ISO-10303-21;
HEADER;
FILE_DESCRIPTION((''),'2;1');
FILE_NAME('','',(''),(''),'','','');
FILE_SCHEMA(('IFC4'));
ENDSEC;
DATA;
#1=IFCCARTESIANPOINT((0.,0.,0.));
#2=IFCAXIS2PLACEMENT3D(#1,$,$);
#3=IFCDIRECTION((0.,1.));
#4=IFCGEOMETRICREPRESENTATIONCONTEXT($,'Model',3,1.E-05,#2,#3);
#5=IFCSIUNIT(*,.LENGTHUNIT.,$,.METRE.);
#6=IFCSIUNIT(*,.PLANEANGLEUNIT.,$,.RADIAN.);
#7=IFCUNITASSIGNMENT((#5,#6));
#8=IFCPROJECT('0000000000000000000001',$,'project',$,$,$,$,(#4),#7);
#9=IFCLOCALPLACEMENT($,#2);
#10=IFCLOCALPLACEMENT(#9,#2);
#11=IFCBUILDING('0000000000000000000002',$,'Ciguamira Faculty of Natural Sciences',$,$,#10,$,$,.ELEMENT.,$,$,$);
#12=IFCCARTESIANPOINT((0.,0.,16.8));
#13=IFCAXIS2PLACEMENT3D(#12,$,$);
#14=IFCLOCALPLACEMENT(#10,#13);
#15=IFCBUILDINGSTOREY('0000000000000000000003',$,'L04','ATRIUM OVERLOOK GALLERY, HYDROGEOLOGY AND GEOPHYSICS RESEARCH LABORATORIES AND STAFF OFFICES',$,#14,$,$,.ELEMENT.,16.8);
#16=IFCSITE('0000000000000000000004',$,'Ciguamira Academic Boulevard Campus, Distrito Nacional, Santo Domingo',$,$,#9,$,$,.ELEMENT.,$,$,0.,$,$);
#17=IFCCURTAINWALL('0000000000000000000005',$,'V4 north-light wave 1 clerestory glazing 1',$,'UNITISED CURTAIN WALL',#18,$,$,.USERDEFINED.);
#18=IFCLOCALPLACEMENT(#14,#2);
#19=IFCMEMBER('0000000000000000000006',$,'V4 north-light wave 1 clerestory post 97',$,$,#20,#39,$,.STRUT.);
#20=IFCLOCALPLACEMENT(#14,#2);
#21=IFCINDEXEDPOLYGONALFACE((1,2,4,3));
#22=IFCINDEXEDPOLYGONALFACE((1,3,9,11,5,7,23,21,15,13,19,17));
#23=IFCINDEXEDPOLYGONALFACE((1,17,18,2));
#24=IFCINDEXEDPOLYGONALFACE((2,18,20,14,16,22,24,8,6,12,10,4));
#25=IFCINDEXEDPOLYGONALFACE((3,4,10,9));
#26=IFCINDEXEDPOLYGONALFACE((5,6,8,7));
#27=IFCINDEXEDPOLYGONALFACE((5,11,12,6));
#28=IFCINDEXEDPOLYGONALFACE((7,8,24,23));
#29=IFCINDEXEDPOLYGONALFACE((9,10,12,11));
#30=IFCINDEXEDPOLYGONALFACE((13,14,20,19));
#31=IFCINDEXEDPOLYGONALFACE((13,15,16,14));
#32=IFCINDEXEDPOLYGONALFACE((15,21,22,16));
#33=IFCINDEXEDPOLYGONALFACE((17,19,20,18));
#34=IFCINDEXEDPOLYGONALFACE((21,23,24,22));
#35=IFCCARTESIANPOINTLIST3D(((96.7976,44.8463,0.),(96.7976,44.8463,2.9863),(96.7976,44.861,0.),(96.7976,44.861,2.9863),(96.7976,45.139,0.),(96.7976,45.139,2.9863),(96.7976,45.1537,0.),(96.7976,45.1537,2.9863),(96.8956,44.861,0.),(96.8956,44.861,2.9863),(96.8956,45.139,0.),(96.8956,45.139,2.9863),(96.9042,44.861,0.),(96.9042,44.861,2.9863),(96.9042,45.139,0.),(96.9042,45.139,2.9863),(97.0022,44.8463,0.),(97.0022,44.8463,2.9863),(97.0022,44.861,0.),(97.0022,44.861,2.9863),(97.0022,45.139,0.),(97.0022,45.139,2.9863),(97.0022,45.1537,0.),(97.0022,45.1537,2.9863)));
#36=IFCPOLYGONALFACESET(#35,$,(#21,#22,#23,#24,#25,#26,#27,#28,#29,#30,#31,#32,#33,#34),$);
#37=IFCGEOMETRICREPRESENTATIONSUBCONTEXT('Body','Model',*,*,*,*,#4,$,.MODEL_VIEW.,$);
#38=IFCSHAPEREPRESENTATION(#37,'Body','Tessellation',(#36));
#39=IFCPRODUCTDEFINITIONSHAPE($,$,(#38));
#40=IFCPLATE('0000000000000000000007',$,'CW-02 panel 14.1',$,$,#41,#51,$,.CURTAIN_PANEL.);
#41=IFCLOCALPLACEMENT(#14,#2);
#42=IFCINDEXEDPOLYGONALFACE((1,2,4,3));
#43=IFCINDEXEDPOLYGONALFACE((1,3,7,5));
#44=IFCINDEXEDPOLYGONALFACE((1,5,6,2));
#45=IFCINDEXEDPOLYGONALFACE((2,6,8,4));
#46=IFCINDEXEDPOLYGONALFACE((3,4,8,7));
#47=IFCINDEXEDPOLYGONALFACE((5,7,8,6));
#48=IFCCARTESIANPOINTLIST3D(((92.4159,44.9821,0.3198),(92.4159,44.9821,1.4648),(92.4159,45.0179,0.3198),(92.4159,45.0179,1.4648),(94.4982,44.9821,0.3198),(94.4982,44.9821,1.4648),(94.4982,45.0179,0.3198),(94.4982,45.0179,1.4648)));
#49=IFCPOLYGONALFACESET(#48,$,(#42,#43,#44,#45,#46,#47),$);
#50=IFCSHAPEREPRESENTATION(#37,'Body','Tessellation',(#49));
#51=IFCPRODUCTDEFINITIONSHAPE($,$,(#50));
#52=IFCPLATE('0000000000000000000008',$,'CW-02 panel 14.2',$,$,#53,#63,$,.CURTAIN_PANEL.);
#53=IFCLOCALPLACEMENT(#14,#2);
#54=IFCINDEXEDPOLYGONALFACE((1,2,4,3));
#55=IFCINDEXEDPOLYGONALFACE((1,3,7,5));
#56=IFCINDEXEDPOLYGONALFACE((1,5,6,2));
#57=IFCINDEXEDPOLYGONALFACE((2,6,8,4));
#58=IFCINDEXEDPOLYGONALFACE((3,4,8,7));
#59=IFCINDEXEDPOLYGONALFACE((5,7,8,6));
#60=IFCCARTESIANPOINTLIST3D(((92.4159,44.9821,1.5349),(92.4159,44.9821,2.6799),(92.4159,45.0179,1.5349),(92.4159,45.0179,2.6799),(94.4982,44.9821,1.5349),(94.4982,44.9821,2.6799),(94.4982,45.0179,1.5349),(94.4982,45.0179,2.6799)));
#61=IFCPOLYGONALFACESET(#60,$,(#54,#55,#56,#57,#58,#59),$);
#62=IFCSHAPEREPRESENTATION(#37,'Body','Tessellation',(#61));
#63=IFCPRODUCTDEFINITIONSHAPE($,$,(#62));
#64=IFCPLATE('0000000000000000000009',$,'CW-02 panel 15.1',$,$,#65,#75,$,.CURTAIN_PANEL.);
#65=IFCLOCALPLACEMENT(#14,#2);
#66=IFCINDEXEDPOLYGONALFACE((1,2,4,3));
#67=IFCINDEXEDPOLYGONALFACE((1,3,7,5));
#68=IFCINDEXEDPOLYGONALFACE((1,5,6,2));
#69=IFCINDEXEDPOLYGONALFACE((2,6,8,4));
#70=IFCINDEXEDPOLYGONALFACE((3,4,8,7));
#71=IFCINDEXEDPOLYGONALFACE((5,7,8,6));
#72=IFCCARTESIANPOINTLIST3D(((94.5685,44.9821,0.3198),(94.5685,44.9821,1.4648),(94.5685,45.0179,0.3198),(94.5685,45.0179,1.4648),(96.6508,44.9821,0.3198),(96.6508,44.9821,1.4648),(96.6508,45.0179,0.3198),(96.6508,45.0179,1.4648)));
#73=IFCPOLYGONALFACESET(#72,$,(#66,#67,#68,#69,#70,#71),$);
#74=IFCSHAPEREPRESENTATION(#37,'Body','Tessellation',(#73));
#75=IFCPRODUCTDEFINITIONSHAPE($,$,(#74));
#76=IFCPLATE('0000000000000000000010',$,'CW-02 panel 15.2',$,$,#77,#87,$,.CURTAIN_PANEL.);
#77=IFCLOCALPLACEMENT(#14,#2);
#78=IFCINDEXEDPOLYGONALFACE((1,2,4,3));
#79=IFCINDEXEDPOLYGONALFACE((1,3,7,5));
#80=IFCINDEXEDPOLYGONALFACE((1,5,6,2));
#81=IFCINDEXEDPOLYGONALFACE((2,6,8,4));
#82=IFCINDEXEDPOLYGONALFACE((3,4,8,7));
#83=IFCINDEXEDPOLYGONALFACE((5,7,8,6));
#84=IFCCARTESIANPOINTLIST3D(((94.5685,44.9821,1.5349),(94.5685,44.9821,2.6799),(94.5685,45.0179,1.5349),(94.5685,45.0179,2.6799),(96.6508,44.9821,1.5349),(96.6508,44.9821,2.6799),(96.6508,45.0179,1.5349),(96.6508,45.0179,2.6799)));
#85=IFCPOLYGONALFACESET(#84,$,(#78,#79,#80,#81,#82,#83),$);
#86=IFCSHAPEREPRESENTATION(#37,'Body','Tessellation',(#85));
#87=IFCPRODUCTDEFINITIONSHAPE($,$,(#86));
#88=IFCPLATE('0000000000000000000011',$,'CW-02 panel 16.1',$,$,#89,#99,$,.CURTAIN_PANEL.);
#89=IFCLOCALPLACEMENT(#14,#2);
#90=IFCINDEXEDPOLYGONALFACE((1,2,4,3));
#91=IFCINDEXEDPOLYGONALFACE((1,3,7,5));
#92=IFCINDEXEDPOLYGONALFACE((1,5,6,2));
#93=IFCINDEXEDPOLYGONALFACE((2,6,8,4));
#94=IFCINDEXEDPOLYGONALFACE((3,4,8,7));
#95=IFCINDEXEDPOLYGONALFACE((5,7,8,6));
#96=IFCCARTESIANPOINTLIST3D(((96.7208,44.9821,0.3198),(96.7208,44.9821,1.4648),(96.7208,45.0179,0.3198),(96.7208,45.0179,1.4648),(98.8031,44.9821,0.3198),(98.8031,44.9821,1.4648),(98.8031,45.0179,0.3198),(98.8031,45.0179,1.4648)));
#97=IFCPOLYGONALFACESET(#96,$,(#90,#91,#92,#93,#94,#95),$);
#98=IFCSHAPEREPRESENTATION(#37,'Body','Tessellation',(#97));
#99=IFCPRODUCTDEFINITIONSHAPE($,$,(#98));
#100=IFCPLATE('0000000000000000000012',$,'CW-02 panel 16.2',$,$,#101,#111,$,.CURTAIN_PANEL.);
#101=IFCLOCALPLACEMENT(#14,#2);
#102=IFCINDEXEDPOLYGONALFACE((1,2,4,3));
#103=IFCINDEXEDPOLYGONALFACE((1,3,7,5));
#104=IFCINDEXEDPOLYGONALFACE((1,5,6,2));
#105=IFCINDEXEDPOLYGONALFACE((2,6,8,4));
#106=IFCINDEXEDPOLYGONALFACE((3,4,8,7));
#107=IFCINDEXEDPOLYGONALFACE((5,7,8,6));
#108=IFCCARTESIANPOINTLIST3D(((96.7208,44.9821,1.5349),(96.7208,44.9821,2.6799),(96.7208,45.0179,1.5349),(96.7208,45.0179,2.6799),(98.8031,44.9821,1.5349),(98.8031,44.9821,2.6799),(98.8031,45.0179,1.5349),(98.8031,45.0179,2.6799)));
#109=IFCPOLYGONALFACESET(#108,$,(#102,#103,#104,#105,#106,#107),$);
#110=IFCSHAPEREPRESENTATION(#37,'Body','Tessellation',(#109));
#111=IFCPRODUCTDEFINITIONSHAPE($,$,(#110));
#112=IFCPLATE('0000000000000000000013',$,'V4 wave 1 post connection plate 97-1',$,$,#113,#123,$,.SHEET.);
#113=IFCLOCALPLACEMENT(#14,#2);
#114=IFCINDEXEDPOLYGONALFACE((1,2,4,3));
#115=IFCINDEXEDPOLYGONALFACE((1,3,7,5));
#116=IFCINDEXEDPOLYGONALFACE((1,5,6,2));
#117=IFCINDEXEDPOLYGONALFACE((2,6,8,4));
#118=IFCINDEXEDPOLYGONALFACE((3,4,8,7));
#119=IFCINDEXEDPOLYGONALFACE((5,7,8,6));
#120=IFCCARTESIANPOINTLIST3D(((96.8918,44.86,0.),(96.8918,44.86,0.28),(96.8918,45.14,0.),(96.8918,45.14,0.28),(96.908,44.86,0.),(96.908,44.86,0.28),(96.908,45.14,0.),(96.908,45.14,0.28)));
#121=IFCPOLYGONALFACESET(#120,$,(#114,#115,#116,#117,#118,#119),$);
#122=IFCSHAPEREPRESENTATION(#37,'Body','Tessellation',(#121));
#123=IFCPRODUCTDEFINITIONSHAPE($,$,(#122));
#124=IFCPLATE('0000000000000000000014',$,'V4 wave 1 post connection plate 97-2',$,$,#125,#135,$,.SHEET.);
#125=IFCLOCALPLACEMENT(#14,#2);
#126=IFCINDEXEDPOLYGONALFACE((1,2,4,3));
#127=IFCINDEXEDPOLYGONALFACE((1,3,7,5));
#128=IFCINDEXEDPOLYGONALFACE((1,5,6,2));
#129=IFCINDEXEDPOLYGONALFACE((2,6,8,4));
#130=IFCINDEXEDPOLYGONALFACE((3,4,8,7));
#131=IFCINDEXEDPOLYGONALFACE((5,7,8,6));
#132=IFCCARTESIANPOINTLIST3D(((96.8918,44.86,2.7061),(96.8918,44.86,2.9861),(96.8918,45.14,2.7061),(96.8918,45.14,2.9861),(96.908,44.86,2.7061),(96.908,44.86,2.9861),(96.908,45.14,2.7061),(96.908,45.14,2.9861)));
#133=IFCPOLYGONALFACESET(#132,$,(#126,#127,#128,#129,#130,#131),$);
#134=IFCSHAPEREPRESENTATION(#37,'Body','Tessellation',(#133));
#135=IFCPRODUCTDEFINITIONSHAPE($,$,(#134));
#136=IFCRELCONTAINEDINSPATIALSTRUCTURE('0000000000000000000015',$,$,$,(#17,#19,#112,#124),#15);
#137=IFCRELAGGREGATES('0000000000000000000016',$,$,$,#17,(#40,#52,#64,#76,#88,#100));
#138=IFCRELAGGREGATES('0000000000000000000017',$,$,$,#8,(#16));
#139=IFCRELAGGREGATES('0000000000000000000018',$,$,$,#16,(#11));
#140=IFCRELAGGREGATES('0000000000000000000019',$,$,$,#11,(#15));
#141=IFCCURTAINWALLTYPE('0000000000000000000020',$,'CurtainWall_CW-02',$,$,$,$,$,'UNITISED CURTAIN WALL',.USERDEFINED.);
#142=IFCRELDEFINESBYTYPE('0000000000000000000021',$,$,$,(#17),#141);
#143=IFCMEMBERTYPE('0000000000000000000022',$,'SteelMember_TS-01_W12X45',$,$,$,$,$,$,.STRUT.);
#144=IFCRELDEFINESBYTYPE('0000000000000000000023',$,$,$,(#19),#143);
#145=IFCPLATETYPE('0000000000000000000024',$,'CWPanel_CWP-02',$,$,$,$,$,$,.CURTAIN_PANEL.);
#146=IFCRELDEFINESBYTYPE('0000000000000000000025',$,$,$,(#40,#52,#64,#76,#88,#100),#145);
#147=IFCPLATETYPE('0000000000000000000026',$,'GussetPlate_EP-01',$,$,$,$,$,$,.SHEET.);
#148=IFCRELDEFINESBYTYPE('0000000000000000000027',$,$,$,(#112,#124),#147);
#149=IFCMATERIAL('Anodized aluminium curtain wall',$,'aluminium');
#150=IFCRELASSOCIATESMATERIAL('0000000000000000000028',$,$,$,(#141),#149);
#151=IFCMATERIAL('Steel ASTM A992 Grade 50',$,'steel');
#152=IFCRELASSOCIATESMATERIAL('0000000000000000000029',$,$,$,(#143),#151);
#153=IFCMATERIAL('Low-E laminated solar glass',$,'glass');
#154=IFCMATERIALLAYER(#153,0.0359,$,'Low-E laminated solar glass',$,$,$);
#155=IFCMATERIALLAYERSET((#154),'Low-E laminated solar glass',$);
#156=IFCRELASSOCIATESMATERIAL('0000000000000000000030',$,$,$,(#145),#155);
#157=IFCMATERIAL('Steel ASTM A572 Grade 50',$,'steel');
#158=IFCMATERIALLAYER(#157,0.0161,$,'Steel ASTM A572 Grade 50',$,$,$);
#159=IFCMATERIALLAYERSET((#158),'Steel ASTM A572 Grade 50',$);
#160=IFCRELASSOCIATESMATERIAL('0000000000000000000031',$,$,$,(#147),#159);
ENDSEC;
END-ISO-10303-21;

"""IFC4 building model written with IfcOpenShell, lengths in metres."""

from ifc_helpers import new_model, si_unit, direction, frame, origin, origin_2d, place, context, subcontext, project, spatial, rectangle, i_section, extrude, material, layer, layer_set, material_profile, profile_set, type_object, element, aggregate, save


model = new_model("IFC4")

# Units and contexts
model_context = context("Model", 3, precision=1e-05, world=origin(), true_north=direction((0.0, 1.0)))
body_context = subcontext(model_context, "Body", "Model", "MODEL_VIEW")
ifc_project = project(units=[si_unit("LENGTHUNIT", "METRE"), si_unit("PLANEANGLEUNIT", "RADIAN")], contexts=[model_context])

# Site, building, storey
site_placement = place(None, origin())
site = spatial("IfcSite", under=ifc_project, at=site_placement, Name="Ciguamira Academic Boulevard Campus, Distrito Nacional, Santo Domingo", CompositionType="ELEMENT", RefElevation=0.0)
building_placement = place(site_placement, origin())
building = spatial("IfcBuilding", under=site, at=building_placement, Name="Ciguamira Faculty of Natural Sciences", CompositionType="ELEMENT")
storey_placement = place(building_placement, frame((0.0, 0.0, 16.8)))
storey = spatial("IfcBuildingStorey", under=building, at=storey_placement, Name="L04", Description="ATRIUM OVERLOOK GALLERY, HYDROGEOLOGY AND GEOPHYSICS RESEARCH LABORATORIES AND STAFF OFFICES", CompositionType="ELEMENT", Elevation=16.8)

# Curtain wall
ifc_material_1 = material(Name="Anodized aluminium curtain wall", Category="aluminium")
curtain_wall_type_1 = type_object("IfcCurtainWallType", Name="CurtainWall_CW-02", ElementType="UNITISED CURTAIN WALL", PredefinedType="USERDEFINED", material=ifc_material_1)
curtain_wall_1_placement = place(storey_placement, origin())
curtain_wall_1 = element("IfcCurtainWall", 1, at=curtain_wall_1_placement, inside=storey, type_object=curtain_wall_type_1, Name="V4 north-light wave 1 clerestory glazing 1", ObjectType="UNITISED CURTAIN WALL", PredefinedType="USERDEFINED")

# Member
ifc_material_2 = material(Name="Steel ASTM A992 Grade 50", Category="steel")
ifc_material_profile_1 = material_profile(ifc_material_2, i_section(OverallWidth=0.2046, OverallDepth=0.3074, WebThickness=0.0085, FlangeThickness=0.0146, at=origin_2d()), Name="W12X45")
ifc_profile_set_1 = profile_set([ifc_material_profile_1], Name="Steel ASTM A992 Grade 50")
member_type_1 = type_object("IfcMemberType", Name="SteelMember_TS-01_W12X45", PredefinedType="STRUT", material=ifc_profile_set_1)
member_1_placement = place(storey_placement, frame((96.8999, 45.0, 0.0), z_axis=(0.0, 0.0, 1.0), x_axis=(1.0, 0.0, 0.0)))
element("IfcMember", 2, at=member_1_placement, inside=storey, type_object=member_type_1, Name="V4 north-light wave 1 clerestory post 97", PredefinedType="STRUT", context=body_context, shape_type="SweptSolid", body=[
    extrude(i_section(OverallWidth=0.2046, OverallDepth=0.3074, WebThickness=0.0085, FlangeThickness=0.0146, at=origin_2d()), origin(), (0.0, 0.0, 1.0), 2.9863),
])

# Plates
ifc_material_3 = material(Name="Low-E laminated solar glass", Category="glass")
ifc_layer_1 = layer(ifc_material_3, 0.0359, Name="Low-E laminated solar glass")
ifc_layer_set_1 = layer_set([ifc_layer_1], Name="Low-E laminated solar glass")
plate_type_1 = type_object("IfcPlateType", Name="CWPanel_CWP-02", PredefinedType="CURTAIN_PANEL", material=ifc_layer_set_1)
plate_1_placement = place(storey_placement, frame((93.457, 45.0, 0.3198), z_axis=(0.0, 0.0, 1.0), x_axis=(1.0, 0.0, 0.0)))
plate_1 = element("IfcPlate", 3, at=plate_1_placement, type_object=plate_type_1, Name="CW-02 panel 14.1", PredefinedType="CURTAIN_PANEL", context=body_context, shape_type="SweptSolid", body=[
    extrude(rectangle(XDim=2.0823, YDim=0.0359, at=origin_2d()), origin(), (0.0, 0.0, 1.0), 1.145),
])
plate_2_placement = place(storey_placement, frame((93.457, 45.0, 1.5349), z_axis=(0.0, 0.0, 1.0), x_axis=(1.0, 0.0, 0.0)))
plate_2 = element("IfcPlate", 4, at=plate_2_placement, type_object=plate_type_1, Name="CW-02 panel 14.2", PredefinedType="CURTAIN_PANEL", context=body_context, shape_type="SweptSolid", body=[
    extrude(rectangle(XDim=2.0823, YDim=0.0359, at=origin_2d()), origin(), (0.0, 0.0, 1.0), 1.145),
])
plate_3_placement = place(storey_placement, frame((95.6096, 45.0, 0.3198), z_axis=(0.0, 0.0, 1.0), x_axis=(1.0, 0.0, 0.0)))
plate_3 = element("IfcPlate", 5, at=plate_3_placement, type_object=plate_type_1, Name="CW-02 panel 15.1", PredefinedType="CURTAIN_PANEL", context=body_context, shape_type="SweptSolid", body=[
    extrude(rectangle(XDim=2.0823, YDim=0.0359, at=origin_2d()), origin(), (0.0, 0.0, 1.0), 1.145),
])
plate_4_placement = place(storey_placement, frame((95.6096, 45.0, 1.5349), z_axis=(0.0, 0.0, 1.0), x_axis=(1.0, 0.0, 0.0)))
plate_4 = element("IfcPlate", 6, at=plate_4_placement, type_object=plate_type_1, Name="CW-02 panel 15.2", PredefinedType="CURTAIN_PANEL", context=body_context, shape_type="SweptSolid", body=[
    extrude(rectangle(XDim=2.0823, YDim=0.0359, at=origin_2d()), origin(), (0.0, 0.0, 1.0), 1.145),
])
plate_5_placement = place(storey_placement, frame((97.762, 45.0, 0.3198), z_axis=(0.0, 0.0, 1.0), x_axis=(1.0, 0.0, 0.0)))
plate_5 = element("IfcPlate", 7, at=plate_5_placement, type_object=plate_type_1, Name="CW-02 panel 16.1", PredefinedType="CURTAIN_PANEL", context=body_context, shape_type="SweptSolid", body=[
    extrude(rectangle(XDim=2.0823, YDim=0.0359, at=origin_2d()), origin(), (0.0, 0.0, 1.0), 1.145),
])
plate_6_placement = place(storey_placement, frame((97.762, 45.0, 1.5349), z_axis=(0.0, 0.0, 1.0), x_axis=(1.0, 0.0, 0.0)))
plate_6 = element("IfcPlate", 8, at=plate_6_placement, type_object=plate_type_1, Name="CW-02 panel 16.2", PredefinedType="CURTAIN_PANEL", context=body_context, shape_type="SweptSolid", body=[
    extrude(rectangle(XDim=2.0823, YDim=0.0359, at=origin_2d()), origin(), (0.0, 0.0, 1.0), 1.145),
])
aggregate(curtain_wall_1, [plate_1, plate_2, plate_3, plate_4, plate_5, plate_6])

# Plates
ifc_material_4 = material(Name="Steel ASTM A572 Grade 50", Category="steel")
ifc_layer_2 = layer(ifc_material_4, 0.0161, Name="Steel ASTM A572 Grade 50")
ifc_layer_set_2 = layer_set([ifc_layer_2], Name="Steel ASTM A572 Grade 50")
plate_type_2 = type_object("IfcPlateType", Name="GussetPlate_EP-01", PredefinedType="SHEET", material=ifc_layer_set_2)
for number, where, z_axis, x_axis, name in (
    (9, (96.8999, 45.0, 0.0), (0.0, 0.0, 1.0), (1.0, 0.0, 0.0), "V4 wave 1 post connection plate 97-1"),
    (10, (96.8999, 45.0, 2.7061), (0.0, 0.0, 1.0), (1.0, 0.0, 0.0), "V4 wave 1 post connection plate 97-2"),
):
    element("IfcPlate", number, at=place(storey_placement, frame(where, z_axis=z_axis, x_axis=x_axis)), inside=storey, type_object=plate_type_2, Name=name, PredefinedType="SHEET", context=body_context, shape_type="SweptSolid", body=[
        extrude(rectangle(XDim=0.0161, YDim=0.28, at=origin_2d()), origin(), (0.0, 0.0, 1.0), 0.28),
    ])

save(model, "model.ifc")
